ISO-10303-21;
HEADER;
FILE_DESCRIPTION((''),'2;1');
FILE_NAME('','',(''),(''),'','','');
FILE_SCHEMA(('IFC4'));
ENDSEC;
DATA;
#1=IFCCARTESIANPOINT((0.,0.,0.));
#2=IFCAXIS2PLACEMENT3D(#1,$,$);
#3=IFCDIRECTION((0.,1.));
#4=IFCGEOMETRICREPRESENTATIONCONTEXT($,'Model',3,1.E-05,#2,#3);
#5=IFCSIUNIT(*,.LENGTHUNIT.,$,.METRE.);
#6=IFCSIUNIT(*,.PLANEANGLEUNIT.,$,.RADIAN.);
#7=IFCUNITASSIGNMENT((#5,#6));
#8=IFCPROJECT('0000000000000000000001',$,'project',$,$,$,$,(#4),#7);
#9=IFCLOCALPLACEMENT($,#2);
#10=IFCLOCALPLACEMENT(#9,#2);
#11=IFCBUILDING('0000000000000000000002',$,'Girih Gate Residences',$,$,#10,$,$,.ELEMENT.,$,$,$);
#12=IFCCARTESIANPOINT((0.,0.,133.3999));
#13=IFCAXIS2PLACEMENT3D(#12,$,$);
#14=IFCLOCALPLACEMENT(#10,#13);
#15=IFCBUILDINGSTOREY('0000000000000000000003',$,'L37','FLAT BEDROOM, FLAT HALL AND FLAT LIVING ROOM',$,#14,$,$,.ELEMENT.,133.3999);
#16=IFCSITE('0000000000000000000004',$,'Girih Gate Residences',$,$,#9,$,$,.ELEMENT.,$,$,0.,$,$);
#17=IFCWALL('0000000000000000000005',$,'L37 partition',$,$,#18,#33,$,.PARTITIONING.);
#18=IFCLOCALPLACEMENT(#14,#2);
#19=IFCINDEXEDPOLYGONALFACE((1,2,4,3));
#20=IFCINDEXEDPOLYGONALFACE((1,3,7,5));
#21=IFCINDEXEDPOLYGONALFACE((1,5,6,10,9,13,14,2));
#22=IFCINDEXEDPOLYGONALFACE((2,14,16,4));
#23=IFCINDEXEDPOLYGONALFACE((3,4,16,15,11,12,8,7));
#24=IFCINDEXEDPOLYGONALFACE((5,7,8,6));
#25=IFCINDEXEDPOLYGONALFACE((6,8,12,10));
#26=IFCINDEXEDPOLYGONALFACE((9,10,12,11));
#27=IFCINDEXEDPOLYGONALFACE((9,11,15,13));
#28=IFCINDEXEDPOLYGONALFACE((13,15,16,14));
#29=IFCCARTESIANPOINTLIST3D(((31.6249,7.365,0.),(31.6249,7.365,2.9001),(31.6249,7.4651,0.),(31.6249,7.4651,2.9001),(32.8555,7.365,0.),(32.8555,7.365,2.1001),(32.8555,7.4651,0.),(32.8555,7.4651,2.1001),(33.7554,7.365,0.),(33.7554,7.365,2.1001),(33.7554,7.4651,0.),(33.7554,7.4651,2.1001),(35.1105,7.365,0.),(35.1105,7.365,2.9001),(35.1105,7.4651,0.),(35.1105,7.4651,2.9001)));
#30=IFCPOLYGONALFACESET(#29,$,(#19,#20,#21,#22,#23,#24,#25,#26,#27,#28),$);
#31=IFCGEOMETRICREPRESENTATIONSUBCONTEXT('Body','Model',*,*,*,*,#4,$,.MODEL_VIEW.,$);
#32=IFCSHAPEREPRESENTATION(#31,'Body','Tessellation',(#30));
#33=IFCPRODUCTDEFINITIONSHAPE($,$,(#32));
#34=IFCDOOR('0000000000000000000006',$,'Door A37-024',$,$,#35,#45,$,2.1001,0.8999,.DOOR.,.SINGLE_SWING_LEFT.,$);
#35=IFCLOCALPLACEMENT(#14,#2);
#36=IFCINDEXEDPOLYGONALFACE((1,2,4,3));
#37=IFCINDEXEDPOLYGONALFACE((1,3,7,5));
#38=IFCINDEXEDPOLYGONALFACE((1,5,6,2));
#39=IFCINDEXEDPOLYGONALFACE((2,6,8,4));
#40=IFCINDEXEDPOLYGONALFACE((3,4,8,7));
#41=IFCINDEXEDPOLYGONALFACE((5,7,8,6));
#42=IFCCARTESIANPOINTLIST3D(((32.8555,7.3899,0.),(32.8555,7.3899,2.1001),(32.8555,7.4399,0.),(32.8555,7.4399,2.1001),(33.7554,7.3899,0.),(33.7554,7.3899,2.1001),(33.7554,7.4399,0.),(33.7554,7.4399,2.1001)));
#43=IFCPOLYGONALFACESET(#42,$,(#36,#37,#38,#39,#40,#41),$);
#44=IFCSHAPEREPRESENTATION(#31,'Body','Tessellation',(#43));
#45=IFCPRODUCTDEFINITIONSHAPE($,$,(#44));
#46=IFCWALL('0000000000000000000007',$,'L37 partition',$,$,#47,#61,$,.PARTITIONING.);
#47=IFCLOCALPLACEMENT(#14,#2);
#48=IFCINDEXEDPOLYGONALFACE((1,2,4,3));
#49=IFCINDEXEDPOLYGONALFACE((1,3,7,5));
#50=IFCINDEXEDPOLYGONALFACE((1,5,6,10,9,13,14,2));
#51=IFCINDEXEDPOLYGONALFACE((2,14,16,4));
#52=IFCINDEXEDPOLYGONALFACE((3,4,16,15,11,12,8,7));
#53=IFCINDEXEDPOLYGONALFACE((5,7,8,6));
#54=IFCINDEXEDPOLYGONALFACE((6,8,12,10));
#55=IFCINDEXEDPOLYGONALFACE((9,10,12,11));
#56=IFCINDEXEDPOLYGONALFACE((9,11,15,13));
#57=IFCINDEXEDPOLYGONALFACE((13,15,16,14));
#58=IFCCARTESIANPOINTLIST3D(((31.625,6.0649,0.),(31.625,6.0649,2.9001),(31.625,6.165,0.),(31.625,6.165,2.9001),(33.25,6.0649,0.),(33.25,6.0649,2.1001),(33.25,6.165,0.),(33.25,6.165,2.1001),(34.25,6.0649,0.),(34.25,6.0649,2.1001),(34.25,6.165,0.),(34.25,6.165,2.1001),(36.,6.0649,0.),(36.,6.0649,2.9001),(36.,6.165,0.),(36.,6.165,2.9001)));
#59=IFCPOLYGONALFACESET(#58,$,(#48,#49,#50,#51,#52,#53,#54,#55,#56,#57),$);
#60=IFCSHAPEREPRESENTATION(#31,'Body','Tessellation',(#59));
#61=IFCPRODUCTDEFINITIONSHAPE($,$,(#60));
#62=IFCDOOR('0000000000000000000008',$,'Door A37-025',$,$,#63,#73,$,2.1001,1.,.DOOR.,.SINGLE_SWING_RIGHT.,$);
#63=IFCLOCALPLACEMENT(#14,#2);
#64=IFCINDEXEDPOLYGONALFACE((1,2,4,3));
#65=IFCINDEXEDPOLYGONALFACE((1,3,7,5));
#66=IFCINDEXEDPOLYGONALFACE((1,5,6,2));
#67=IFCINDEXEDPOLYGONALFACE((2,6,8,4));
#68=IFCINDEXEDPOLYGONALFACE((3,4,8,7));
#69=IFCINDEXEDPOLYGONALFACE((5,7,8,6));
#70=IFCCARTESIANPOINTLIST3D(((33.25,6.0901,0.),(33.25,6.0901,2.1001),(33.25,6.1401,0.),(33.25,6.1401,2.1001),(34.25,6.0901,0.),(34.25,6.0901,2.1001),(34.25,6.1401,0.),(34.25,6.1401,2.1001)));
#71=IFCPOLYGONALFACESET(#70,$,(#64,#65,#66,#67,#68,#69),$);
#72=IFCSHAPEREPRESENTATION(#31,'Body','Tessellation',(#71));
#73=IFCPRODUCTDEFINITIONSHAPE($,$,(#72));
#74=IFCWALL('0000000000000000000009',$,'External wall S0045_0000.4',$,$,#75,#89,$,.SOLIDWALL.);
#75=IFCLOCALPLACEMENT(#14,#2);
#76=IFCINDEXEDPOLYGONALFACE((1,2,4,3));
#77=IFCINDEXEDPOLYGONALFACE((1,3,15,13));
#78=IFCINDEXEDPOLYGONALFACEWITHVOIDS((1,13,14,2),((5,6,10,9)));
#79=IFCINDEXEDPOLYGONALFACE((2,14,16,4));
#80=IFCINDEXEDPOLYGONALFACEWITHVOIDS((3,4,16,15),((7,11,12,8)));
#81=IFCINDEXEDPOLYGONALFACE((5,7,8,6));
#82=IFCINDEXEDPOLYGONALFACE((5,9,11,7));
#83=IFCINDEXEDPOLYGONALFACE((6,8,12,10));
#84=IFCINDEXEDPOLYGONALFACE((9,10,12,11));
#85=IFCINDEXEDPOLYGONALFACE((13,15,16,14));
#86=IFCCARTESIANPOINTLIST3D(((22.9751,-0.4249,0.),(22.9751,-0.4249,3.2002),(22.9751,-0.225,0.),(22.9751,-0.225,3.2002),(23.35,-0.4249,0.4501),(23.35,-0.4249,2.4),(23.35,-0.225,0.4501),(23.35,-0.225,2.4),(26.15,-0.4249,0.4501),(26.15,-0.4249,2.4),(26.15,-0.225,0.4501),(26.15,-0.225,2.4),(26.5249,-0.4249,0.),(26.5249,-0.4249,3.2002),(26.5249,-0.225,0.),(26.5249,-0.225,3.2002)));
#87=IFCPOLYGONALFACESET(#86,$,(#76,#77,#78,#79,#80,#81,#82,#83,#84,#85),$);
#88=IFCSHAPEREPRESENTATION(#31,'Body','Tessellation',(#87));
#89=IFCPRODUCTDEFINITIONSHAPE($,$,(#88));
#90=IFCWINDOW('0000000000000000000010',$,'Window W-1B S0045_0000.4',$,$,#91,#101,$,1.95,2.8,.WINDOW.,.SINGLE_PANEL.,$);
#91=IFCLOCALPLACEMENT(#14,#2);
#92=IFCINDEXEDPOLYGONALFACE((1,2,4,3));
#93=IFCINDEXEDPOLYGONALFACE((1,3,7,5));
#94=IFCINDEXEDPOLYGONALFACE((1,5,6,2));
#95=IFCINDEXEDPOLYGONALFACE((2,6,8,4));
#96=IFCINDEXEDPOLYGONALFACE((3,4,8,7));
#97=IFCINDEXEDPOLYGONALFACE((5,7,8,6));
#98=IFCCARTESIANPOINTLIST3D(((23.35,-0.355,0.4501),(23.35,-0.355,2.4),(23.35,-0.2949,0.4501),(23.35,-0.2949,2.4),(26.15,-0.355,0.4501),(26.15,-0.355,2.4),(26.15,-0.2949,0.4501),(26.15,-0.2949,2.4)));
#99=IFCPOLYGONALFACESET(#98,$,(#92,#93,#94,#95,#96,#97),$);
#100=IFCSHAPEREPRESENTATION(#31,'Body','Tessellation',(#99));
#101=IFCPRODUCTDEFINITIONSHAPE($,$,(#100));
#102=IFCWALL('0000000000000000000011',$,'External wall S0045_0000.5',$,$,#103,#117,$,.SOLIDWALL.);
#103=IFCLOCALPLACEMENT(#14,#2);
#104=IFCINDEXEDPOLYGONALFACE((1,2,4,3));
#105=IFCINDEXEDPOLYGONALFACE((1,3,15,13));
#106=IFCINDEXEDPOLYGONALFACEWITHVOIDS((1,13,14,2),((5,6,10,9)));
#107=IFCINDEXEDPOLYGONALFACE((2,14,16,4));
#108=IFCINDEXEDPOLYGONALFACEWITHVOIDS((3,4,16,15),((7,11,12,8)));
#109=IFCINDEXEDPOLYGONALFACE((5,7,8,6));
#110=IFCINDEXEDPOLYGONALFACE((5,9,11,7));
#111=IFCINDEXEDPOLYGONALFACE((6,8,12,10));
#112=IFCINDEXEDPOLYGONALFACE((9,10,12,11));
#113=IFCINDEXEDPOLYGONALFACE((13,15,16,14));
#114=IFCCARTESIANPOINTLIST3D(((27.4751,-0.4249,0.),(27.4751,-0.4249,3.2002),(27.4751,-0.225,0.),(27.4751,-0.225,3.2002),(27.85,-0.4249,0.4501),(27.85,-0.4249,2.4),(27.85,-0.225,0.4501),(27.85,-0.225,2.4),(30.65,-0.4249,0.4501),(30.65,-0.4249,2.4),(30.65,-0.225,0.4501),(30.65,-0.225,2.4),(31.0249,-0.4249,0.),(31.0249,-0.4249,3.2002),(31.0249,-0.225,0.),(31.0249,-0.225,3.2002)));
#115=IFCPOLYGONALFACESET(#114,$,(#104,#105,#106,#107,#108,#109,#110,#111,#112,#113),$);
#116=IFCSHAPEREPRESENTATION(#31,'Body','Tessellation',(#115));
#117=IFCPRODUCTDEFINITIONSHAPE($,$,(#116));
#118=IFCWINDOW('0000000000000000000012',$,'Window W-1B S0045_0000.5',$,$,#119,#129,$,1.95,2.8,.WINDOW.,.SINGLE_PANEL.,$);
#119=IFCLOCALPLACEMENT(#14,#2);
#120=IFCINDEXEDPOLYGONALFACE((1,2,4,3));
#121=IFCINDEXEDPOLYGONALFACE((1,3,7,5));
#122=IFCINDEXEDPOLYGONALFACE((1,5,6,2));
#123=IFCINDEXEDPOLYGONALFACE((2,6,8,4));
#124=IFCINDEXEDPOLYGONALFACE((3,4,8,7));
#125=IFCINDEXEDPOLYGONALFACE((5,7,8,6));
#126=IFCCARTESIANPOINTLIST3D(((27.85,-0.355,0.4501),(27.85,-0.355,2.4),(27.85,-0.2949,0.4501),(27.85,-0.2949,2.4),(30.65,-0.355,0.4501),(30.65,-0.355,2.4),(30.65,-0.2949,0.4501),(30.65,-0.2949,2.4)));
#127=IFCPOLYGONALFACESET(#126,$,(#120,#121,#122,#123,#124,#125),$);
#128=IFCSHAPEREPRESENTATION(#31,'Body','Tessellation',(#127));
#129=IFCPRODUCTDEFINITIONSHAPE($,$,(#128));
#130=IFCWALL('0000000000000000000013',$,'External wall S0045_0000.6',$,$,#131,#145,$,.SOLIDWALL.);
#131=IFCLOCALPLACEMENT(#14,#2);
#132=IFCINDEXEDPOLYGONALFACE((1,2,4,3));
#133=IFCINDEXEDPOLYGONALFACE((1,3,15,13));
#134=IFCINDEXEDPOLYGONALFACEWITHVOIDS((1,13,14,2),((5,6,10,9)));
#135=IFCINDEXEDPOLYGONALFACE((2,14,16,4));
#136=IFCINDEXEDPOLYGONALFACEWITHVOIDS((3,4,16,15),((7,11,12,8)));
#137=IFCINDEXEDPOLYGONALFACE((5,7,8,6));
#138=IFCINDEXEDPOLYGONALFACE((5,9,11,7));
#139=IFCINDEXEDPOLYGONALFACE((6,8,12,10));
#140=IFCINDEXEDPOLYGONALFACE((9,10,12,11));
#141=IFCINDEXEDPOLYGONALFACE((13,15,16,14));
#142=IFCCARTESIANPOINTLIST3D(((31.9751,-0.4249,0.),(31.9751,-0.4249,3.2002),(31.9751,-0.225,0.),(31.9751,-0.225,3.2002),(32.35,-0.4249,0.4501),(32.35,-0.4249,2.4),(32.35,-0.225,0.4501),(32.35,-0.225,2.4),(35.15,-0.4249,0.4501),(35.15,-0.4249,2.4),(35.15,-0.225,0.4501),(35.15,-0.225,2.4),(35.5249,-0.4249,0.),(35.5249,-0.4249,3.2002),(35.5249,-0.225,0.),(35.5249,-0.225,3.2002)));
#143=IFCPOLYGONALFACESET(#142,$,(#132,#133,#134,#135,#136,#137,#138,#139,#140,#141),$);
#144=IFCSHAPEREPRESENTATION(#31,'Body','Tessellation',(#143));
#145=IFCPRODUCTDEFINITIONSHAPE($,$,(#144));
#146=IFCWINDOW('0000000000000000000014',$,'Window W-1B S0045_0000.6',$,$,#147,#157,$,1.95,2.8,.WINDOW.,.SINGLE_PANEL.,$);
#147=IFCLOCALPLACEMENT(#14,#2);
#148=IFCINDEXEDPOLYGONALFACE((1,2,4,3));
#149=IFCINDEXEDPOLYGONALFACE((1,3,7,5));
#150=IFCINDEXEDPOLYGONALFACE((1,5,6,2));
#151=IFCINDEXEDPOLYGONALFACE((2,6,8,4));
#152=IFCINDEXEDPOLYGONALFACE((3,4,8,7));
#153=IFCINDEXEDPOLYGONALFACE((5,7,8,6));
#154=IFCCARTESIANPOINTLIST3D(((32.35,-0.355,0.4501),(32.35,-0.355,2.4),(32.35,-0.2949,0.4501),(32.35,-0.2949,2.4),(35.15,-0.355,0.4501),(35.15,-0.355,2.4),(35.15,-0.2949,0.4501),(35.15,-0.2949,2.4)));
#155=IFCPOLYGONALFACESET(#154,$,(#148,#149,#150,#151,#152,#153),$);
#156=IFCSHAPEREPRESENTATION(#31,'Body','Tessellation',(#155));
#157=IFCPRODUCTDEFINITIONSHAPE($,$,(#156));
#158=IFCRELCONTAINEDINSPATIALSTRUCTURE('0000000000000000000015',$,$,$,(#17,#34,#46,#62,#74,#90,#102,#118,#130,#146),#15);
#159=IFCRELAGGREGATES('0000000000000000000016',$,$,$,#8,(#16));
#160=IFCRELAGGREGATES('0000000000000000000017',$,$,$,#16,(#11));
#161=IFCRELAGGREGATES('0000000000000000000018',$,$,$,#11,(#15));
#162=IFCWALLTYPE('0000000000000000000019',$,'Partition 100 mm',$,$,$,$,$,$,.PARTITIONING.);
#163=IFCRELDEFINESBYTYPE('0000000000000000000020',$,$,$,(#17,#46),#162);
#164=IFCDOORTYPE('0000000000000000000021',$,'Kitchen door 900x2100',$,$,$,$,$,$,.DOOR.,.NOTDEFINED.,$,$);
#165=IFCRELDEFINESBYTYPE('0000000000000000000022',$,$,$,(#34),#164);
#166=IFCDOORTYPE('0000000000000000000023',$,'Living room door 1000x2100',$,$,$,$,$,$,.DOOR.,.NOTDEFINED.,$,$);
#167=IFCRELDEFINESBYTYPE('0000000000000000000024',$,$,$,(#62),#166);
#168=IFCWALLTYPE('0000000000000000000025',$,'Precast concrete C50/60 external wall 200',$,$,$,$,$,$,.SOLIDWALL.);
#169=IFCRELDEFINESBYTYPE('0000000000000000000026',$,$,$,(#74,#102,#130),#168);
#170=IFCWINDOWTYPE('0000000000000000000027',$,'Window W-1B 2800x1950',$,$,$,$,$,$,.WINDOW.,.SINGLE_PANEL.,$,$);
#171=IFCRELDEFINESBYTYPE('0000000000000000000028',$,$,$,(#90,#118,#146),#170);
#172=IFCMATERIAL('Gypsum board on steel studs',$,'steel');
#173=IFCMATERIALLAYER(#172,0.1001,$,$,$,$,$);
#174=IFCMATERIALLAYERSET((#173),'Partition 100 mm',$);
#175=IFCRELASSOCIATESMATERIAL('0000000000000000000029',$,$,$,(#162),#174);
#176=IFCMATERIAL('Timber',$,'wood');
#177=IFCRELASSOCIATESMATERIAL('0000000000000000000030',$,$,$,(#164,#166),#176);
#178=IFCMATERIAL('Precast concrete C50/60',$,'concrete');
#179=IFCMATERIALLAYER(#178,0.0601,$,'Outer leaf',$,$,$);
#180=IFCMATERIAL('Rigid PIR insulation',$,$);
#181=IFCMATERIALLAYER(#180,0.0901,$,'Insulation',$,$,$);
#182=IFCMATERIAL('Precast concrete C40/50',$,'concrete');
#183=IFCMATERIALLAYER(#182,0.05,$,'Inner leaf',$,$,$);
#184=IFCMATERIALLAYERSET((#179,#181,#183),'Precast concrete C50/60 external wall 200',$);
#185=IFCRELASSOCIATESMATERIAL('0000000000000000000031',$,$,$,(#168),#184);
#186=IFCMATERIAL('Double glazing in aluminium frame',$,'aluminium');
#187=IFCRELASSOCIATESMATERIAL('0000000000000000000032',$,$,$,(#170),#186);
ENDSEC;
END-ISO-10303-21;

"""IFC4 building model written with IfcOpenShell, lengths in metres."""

from ifc_helpers import new_model, si_unit, direction, frame, frame_2d, origin, place, context, subcontext, project, spatial, rectangle, extrude, material, layer, layer_set, type_object, element, fill, save


model = new_model("IFC4")

# Units and contexts
model_context = context("Model", 3, precision=1e-05, world=origin(), true_north=direction((0.0, 1.0)))
body_context = subcontext(model_context, "Body", "Model", "MODEL_VIEW")
ifc_project = project(units=[si_unit("LENGTHUNIT", "METRE"), si_unit("PLANEANGLEUNIT", "RADIAN")], contexts=[model_context])

# Site, building, storey
site_placement = place(None, origin())
site = spatial("IfcSite", under=ifc_project, at=site_placement, Name="Girih Gate Residences", CompositionType="ELEMENT", RefElevation=0.0)
building_placement = place(site_placement, origin())
building = spatial("IfcBuilding", under=site, at=building_placement, Name="Girih Gate Residences", CompositionType="ELEMENT")
storey_placement = place(building_placement, frame((0.0, 0.0, 133.3999)))
storey = spatial("IfcBuildingStorey", under=building, at=storey_placement, Name="L37", Description="FLAT BEDROOM, FLAT HALL AND FLAT LIVING ROOM", CompositionType="ELEMENT", Elevation=133.3999)

# Shared definitions
ifc_material_1 = material(Name="Gypsum board on steel studs", Category="steel")
ifc_layer_1 = layer(ifc_material_1, 0.1001)
ifc_layer_set_1 = layer_set([ifc_layer_1], Name="Partition 100 mm")
wall_type_1 = type_object("IfcWallType", Name="Partition 100 mm", PredefinedType="PARTITIONING", material=ifc_layer_set_1)

# Walls, openings, doors
wall_1_placement = place(storey_placement, frame((31.625, 7.415, 0.0), z_axis=(0.0, 0.0, 1.0), x_axis=(1.0, 0.0, 0.0)))
wall_1 = element("IfcWall", 1, at=wall_1_placement, inside=storey, type_object=wall_type_1, Name="L37 partition", PredefinedType="PARTITIONING", context=body_context, shape_type="SweptSolid", body=[
    extrude(rectangle(XDim=3.4856, YDim=0.1001, at=frame_2d((1.7427, 0.0))), origin(), (0.0, 0.0, 1.0), 2.9001),
])
opening_1_placement = place(wall_1_placement, frame((1.2305, 0.0, 0.0)))
opening_1 = element("IfcOpeningElement", 2, at=opening_1_placement, cuts=wall_1, PredefinedType="OPENING", context=body_context, shape_type="SweptSolid", body=[
    extrude(rectangle(XDim=0.8999, YDim=2.1001, at=frame_2d((0.45, 1.05))), frame((0.0, 0.0601, 0.0), z_axis=(0.0, -1.0, 0.0), x_axis=(1.0, 0.0, 0.0)), (0.0, 0.0, 1.0), 0.1201),
])
ifc_material_2 = material(Name="Timber", Category="wood")
door_type_1 = type_object("IfcDoorType", Name="Kitchen door 900x2100", OperationType="NOTDEFINED", PredefinedType="DOOR", material=ifc_material_2)
door_1_placement = place(opening_1_placement, origin())
door_1 = element("IfcDoor", 3, at=door_1_placement, inside=storey, type_object=door_type_1, Name="Door A37-024", OperationType="SINGLE_SWING_LEFT", OverallHeight=2.1001, OverallWidth=0.8999, PredefinedType="DOOR", context=body_context, shape_type="SweptSolid", body=[
    extrude(rectangle(XDim=0.8999, YDim=2.1001, at=frame_2d((0.45, 1.05))), frame((0.0, 0.0249, 0.0), z_axis=(0.0, -1.0, 0.0), x_axis=(1.0, 0.0, 0.0)), (0.0, 0.0, 1.0), 0.05),
])
fill(opening_1, door_1)
wall_2_placement = place(storey_placement, frame((36.0, 6.115, 0.0), z_axis=(0.0, 0.0, 1.0), x_axis=(-1.0, 0.0, 0.0)))
wall_2 = element("IfcWall", 4, at=wall_2_placement, inside=storey, type_object=wall_type_1, Name="L37 partition", PredefinedType="PARTITIONING", context=body_context, shape_type="SweptSolid", body=[
    extrude(rectangle(XDim=4.375, YDim=0.1001, at=frame_2d((2.1875, 0.0))), origin(), (0.0, 0.0, 1.0), 2.9001),
])
opening_2_placement = place(wall_2_placement, frame((1.75, 0.0, 0.0)))
opening_2 = element("IfcOpeningElement", 5, at=opening_2_placement, cuts=wall_2, PredefinedType="OPENING", context=body_context, shape_type="SweptSolid", body=[
    extrude(rectangle(XDim=1.0, YDim=2.1001, at=frame_2d((0.5, 1.05))), frame((0.0, 0.0601, 0.0), z_axis=(0.0, -1.0, 0.0), x_axis=(1.0, 0.0, 0.0)), (0.0, 0.0, 1.0), 0.1201),
])
door_type_2 = type_object("IfcDoorType", Name="Living room door 1000x2100", OperationType="NOTDEFINED", PredefinedType="DOOR", material=ifc_material_2)
door_2_placement = place(opening_2_placement, origin())
door_2 = element("IfcDoor", 6, at=door_2_placement, inside=storey, type_object=door_type_2, Name="Door A37-025", OperationType="SINGLE_SWING_RIGHT", OverallHeight=2.1001, OverallWidth=1.0, PredefinedType="DOOR", context=body_context, shape_type="SweptSolid", body=[
    extrude(rectangle(XDim=1.0, YDim=2.1001, at=frame_2d((0.5, 1.05))), frame((0.0, 0.0249, 0.0), z_axis=(0.0, -1.0, 0.0), x_axis=(1.0, 0.0, 0.0)), (0.0, 0.0, 1.0), 0.05),
])
fill(opening_2, door_2)

# Walls, openings, windows
ifc_material_3 = material(Name="Precast concrete C50/60", Category="concrete")
ifc_layer_2 = layer(ifc_material_3, 0.0601, Name="Outer leaf")
ifc_material_4 = material(Name="Rigid PIR insulation")
ifc_layer_3 = layer(ifc_material_4, 0.0901, Name="Insulation")
ifc_material_5 = material(Name="Precast concrete C40/50", Category="concrete")
ifc_layer_4 = layer(ifc_material_5, 0.05, Name="Inner leaf")
ifc_layer_set_2 = layer_set([ifc_layer_2, ifc_layer_3, ifc_layer_4], Name="Precast concrete C50/60 external wall 200")
wall_type_2 = type_object("IfcWallType", Name="Precast concrete C50/60 external wall 200", PredefinedType="SOLIDWALL", material=ifc_layer_set_2)
wall_3_placement = place(storey_placement, frame((26.5249, -0.325, 0.0), z_axis=(0.0, 0.0, 1.0), x_axis=(-1.0, 0.0, 0.0)))
wall_3 = element("IfcWall", 7, at=wall_3_placement, inside=storey, type_object=wall_type_2, Name="External wall S0045_0000.4", PredefinedType="SOLIDWALL", context=body_context, shape_type="SweptSolid", body=[
    extrude(rectangle(XDim=3.5498, YDim=0.2, at=frame_2d((1.7749, 0.0))), origin(), (0.0, 0.0, 1.0), 3.2002),
])
opening_3_placement = place(wall_3_placement, frame((0.375, 0.0, 0.45)))
opening_3 = element("IfcOpeningElement", 8, at=opening_3_placement, cuts=wall_3, PredefinedType="OPENING", context=body_context, shape_type="SweptSolid", body=[
    extrude(rectangle(XDim=2.8, YDim=1.95, at=frame_2d((1.3999, 0.9751))), frame((0.0, 0.1099, 0.0), z_axis=(0.0, -1.0, 0.0), x_axis=(1.0, 0.0, 0.0)), (0.0, 0.0, 1.0), 0.22),
])
ifc_material_6 = material(Name="Double glazing in aluminium frame", Category="aluminium")
window_type = type_object("IfcWindowType", Name="Window W-1B 2800x1950", PartitioningType="SINGLE_PANEL", PredefinedType="WINDOW", material=ifc_material_6)
window_1_placement = place(opening_3_placement, origin())
window_1 = element("IfcWindow", 9, at=window_1_placement, inside=storey, type_object=window_type, Name="Window W-1B S0045_0000.4", OverallHeight=1.95, OverallWidth=2.8, PartitioningType="SINGLE_PANEL", PredefinedType="WINDOW", context=body_context, shape_type="SweptSolid", body=[
    extrude(rectangle(XDim=2.8, YDim=1.95, at=frame_2d((1.3999, 0.9751))), frame((0.0, 0.03, 0.0), z_axis=(0.0, -1.0, 0.0), x_axis=(1.0, 0.0, 0.0)), (0.0, 0.0, 1.0), 0.0601),
])
fill(opening_3, window_1)
wall_4_placement = place(storey_placement, frame((31.0249, -0.325, 0.0), z_axis=(0.0, 0.0, 1.0), x_axis=(-1.0, 0.0, 0.0)))
wall_4 = element("IfcWall", 10, at=wall_4_placement, inside=storey, type_object=wall_type_2, Name="External wall S0045_0000.5", PredefinedType="SOLIDWALL", context=body_context, shape_type="SweptSolid", body=[
    extrude(rectangle(XDim=3.5498, YDim=0.2, at=frame_2d((1.7749, 0.0))), origin(), (0.0, 0.0, 1.0), 3.2002),
])
opening_4_placement = place(wall_4_placement, frame((0.375, 0.0, 0.45)))
opening_4 = element("IfcOpeningElement", 11, at=opening_4_placement, cuts=wall_4, PredefinedType="OPENING", context=body_context, shape_type="SweptSolid", body=[
    extrude(rectangle(XDim=2.8, YDim=1.95, at=frame_2d((1.3999, 0.9751))), frame((0.0, 0.1099, 0.0), z_axis=(0.0, -1.0, 0.0), x_axis=(1.0, 0.0, 0.0)), (0.0, 0.0, 1.0), 0.22),
])
window_2_placement = place(opening_4_placement, origin())
window_2 = element("IfcWindow", 12, at=window_2_placement, inside=storey, type_object=window_type, Name="Window W-1B S0045_0000.5", OverallHeight=1.95, OverallWidth=2.8, PartitioningType="SINGLE_PANEL", PredefinedType="WINDOW", context=body_context, shape_type="SweptSolid", body=[
    extrude(rectangle(XDim=2.8, YDim=1.95, at=frame_2d((1.3999, 0.9751))), frame((0.0, 0.03, 0.0), z_axis=(0.0, -1.0, 0.0), x_axis=(1.0, 0.0, 0.0)), (0.0, 0.0, 1.0), 0.0601),
])
fill(opening_4, window_2)
wall_5_placement = place(storey_placement, frame((35.5249, -0.325, 0.0), z_axis=(0.0, 0.0, 1.0), x_axis=(-1.0, 0.0, 0.0)))
wall_5 = element("IfcWall", 13, at=wall_5_placement, inside=storey, type_object=wall_type_2, Name="External wall S0045_0000.6", PredefinedType="SOLIDWALL", context=body_context, shape_type="SweptSolid", body=[
    extrude(rectangle(XDim=3.5498, YDim=0.2, at=frame_2d((1.7749, 0.0))), origin(), (0.0, 0.0, 1.0), 3.2002),
])
opening_5_placement = place(wall_5_placement, frame((0.375, 0.0, 0.45)))
opening_5 = element("IfcOpeningElement", 14, at=opening_5_placement, cuts=wall_5, PredefinedType="OPENING", context=body_context, shape_type="SweptSolid", body=[
    extrude(rectangle(XDim=2.8, YDim=1.95, at=frame_2d((1.3999, 0.9751))), frame((0.0, 0.1099, 0.0), z_axis=(0.0, -1.0, 0.0), x_axis=(1.0, 0.0, 0.0)), (0.0, 0.0, 1.0), 0.22),
])
window_3_placement = place(opening_5_placement, origin())
window_3 = element("IfcWindow", 15, at=window_3_placement, inside=storey, type_object=window_type, Name="Window W-1B S0045_0000.6", OverallHeight=1.95, OverallWidth=2.8, PartitioningType="SINGLE_PANEL", PredefinedType="WINDOW", context=body_context, shape_type="SweptSolid", body=[
    extrude(rectangle(XDim=2.8, YDim=1.95, at=frame_2d((1.3999, 0.9751))), frame((0.0, 0.03, 0.0), z_axis=(0.0, -1.0, 0.0), x_axis=(1.0, 0.0, 0.0)), (0.0, 0.0, 1.0), 0.0601),
])
fill(opening_5, window_3)

save(model, "model.ifc")
